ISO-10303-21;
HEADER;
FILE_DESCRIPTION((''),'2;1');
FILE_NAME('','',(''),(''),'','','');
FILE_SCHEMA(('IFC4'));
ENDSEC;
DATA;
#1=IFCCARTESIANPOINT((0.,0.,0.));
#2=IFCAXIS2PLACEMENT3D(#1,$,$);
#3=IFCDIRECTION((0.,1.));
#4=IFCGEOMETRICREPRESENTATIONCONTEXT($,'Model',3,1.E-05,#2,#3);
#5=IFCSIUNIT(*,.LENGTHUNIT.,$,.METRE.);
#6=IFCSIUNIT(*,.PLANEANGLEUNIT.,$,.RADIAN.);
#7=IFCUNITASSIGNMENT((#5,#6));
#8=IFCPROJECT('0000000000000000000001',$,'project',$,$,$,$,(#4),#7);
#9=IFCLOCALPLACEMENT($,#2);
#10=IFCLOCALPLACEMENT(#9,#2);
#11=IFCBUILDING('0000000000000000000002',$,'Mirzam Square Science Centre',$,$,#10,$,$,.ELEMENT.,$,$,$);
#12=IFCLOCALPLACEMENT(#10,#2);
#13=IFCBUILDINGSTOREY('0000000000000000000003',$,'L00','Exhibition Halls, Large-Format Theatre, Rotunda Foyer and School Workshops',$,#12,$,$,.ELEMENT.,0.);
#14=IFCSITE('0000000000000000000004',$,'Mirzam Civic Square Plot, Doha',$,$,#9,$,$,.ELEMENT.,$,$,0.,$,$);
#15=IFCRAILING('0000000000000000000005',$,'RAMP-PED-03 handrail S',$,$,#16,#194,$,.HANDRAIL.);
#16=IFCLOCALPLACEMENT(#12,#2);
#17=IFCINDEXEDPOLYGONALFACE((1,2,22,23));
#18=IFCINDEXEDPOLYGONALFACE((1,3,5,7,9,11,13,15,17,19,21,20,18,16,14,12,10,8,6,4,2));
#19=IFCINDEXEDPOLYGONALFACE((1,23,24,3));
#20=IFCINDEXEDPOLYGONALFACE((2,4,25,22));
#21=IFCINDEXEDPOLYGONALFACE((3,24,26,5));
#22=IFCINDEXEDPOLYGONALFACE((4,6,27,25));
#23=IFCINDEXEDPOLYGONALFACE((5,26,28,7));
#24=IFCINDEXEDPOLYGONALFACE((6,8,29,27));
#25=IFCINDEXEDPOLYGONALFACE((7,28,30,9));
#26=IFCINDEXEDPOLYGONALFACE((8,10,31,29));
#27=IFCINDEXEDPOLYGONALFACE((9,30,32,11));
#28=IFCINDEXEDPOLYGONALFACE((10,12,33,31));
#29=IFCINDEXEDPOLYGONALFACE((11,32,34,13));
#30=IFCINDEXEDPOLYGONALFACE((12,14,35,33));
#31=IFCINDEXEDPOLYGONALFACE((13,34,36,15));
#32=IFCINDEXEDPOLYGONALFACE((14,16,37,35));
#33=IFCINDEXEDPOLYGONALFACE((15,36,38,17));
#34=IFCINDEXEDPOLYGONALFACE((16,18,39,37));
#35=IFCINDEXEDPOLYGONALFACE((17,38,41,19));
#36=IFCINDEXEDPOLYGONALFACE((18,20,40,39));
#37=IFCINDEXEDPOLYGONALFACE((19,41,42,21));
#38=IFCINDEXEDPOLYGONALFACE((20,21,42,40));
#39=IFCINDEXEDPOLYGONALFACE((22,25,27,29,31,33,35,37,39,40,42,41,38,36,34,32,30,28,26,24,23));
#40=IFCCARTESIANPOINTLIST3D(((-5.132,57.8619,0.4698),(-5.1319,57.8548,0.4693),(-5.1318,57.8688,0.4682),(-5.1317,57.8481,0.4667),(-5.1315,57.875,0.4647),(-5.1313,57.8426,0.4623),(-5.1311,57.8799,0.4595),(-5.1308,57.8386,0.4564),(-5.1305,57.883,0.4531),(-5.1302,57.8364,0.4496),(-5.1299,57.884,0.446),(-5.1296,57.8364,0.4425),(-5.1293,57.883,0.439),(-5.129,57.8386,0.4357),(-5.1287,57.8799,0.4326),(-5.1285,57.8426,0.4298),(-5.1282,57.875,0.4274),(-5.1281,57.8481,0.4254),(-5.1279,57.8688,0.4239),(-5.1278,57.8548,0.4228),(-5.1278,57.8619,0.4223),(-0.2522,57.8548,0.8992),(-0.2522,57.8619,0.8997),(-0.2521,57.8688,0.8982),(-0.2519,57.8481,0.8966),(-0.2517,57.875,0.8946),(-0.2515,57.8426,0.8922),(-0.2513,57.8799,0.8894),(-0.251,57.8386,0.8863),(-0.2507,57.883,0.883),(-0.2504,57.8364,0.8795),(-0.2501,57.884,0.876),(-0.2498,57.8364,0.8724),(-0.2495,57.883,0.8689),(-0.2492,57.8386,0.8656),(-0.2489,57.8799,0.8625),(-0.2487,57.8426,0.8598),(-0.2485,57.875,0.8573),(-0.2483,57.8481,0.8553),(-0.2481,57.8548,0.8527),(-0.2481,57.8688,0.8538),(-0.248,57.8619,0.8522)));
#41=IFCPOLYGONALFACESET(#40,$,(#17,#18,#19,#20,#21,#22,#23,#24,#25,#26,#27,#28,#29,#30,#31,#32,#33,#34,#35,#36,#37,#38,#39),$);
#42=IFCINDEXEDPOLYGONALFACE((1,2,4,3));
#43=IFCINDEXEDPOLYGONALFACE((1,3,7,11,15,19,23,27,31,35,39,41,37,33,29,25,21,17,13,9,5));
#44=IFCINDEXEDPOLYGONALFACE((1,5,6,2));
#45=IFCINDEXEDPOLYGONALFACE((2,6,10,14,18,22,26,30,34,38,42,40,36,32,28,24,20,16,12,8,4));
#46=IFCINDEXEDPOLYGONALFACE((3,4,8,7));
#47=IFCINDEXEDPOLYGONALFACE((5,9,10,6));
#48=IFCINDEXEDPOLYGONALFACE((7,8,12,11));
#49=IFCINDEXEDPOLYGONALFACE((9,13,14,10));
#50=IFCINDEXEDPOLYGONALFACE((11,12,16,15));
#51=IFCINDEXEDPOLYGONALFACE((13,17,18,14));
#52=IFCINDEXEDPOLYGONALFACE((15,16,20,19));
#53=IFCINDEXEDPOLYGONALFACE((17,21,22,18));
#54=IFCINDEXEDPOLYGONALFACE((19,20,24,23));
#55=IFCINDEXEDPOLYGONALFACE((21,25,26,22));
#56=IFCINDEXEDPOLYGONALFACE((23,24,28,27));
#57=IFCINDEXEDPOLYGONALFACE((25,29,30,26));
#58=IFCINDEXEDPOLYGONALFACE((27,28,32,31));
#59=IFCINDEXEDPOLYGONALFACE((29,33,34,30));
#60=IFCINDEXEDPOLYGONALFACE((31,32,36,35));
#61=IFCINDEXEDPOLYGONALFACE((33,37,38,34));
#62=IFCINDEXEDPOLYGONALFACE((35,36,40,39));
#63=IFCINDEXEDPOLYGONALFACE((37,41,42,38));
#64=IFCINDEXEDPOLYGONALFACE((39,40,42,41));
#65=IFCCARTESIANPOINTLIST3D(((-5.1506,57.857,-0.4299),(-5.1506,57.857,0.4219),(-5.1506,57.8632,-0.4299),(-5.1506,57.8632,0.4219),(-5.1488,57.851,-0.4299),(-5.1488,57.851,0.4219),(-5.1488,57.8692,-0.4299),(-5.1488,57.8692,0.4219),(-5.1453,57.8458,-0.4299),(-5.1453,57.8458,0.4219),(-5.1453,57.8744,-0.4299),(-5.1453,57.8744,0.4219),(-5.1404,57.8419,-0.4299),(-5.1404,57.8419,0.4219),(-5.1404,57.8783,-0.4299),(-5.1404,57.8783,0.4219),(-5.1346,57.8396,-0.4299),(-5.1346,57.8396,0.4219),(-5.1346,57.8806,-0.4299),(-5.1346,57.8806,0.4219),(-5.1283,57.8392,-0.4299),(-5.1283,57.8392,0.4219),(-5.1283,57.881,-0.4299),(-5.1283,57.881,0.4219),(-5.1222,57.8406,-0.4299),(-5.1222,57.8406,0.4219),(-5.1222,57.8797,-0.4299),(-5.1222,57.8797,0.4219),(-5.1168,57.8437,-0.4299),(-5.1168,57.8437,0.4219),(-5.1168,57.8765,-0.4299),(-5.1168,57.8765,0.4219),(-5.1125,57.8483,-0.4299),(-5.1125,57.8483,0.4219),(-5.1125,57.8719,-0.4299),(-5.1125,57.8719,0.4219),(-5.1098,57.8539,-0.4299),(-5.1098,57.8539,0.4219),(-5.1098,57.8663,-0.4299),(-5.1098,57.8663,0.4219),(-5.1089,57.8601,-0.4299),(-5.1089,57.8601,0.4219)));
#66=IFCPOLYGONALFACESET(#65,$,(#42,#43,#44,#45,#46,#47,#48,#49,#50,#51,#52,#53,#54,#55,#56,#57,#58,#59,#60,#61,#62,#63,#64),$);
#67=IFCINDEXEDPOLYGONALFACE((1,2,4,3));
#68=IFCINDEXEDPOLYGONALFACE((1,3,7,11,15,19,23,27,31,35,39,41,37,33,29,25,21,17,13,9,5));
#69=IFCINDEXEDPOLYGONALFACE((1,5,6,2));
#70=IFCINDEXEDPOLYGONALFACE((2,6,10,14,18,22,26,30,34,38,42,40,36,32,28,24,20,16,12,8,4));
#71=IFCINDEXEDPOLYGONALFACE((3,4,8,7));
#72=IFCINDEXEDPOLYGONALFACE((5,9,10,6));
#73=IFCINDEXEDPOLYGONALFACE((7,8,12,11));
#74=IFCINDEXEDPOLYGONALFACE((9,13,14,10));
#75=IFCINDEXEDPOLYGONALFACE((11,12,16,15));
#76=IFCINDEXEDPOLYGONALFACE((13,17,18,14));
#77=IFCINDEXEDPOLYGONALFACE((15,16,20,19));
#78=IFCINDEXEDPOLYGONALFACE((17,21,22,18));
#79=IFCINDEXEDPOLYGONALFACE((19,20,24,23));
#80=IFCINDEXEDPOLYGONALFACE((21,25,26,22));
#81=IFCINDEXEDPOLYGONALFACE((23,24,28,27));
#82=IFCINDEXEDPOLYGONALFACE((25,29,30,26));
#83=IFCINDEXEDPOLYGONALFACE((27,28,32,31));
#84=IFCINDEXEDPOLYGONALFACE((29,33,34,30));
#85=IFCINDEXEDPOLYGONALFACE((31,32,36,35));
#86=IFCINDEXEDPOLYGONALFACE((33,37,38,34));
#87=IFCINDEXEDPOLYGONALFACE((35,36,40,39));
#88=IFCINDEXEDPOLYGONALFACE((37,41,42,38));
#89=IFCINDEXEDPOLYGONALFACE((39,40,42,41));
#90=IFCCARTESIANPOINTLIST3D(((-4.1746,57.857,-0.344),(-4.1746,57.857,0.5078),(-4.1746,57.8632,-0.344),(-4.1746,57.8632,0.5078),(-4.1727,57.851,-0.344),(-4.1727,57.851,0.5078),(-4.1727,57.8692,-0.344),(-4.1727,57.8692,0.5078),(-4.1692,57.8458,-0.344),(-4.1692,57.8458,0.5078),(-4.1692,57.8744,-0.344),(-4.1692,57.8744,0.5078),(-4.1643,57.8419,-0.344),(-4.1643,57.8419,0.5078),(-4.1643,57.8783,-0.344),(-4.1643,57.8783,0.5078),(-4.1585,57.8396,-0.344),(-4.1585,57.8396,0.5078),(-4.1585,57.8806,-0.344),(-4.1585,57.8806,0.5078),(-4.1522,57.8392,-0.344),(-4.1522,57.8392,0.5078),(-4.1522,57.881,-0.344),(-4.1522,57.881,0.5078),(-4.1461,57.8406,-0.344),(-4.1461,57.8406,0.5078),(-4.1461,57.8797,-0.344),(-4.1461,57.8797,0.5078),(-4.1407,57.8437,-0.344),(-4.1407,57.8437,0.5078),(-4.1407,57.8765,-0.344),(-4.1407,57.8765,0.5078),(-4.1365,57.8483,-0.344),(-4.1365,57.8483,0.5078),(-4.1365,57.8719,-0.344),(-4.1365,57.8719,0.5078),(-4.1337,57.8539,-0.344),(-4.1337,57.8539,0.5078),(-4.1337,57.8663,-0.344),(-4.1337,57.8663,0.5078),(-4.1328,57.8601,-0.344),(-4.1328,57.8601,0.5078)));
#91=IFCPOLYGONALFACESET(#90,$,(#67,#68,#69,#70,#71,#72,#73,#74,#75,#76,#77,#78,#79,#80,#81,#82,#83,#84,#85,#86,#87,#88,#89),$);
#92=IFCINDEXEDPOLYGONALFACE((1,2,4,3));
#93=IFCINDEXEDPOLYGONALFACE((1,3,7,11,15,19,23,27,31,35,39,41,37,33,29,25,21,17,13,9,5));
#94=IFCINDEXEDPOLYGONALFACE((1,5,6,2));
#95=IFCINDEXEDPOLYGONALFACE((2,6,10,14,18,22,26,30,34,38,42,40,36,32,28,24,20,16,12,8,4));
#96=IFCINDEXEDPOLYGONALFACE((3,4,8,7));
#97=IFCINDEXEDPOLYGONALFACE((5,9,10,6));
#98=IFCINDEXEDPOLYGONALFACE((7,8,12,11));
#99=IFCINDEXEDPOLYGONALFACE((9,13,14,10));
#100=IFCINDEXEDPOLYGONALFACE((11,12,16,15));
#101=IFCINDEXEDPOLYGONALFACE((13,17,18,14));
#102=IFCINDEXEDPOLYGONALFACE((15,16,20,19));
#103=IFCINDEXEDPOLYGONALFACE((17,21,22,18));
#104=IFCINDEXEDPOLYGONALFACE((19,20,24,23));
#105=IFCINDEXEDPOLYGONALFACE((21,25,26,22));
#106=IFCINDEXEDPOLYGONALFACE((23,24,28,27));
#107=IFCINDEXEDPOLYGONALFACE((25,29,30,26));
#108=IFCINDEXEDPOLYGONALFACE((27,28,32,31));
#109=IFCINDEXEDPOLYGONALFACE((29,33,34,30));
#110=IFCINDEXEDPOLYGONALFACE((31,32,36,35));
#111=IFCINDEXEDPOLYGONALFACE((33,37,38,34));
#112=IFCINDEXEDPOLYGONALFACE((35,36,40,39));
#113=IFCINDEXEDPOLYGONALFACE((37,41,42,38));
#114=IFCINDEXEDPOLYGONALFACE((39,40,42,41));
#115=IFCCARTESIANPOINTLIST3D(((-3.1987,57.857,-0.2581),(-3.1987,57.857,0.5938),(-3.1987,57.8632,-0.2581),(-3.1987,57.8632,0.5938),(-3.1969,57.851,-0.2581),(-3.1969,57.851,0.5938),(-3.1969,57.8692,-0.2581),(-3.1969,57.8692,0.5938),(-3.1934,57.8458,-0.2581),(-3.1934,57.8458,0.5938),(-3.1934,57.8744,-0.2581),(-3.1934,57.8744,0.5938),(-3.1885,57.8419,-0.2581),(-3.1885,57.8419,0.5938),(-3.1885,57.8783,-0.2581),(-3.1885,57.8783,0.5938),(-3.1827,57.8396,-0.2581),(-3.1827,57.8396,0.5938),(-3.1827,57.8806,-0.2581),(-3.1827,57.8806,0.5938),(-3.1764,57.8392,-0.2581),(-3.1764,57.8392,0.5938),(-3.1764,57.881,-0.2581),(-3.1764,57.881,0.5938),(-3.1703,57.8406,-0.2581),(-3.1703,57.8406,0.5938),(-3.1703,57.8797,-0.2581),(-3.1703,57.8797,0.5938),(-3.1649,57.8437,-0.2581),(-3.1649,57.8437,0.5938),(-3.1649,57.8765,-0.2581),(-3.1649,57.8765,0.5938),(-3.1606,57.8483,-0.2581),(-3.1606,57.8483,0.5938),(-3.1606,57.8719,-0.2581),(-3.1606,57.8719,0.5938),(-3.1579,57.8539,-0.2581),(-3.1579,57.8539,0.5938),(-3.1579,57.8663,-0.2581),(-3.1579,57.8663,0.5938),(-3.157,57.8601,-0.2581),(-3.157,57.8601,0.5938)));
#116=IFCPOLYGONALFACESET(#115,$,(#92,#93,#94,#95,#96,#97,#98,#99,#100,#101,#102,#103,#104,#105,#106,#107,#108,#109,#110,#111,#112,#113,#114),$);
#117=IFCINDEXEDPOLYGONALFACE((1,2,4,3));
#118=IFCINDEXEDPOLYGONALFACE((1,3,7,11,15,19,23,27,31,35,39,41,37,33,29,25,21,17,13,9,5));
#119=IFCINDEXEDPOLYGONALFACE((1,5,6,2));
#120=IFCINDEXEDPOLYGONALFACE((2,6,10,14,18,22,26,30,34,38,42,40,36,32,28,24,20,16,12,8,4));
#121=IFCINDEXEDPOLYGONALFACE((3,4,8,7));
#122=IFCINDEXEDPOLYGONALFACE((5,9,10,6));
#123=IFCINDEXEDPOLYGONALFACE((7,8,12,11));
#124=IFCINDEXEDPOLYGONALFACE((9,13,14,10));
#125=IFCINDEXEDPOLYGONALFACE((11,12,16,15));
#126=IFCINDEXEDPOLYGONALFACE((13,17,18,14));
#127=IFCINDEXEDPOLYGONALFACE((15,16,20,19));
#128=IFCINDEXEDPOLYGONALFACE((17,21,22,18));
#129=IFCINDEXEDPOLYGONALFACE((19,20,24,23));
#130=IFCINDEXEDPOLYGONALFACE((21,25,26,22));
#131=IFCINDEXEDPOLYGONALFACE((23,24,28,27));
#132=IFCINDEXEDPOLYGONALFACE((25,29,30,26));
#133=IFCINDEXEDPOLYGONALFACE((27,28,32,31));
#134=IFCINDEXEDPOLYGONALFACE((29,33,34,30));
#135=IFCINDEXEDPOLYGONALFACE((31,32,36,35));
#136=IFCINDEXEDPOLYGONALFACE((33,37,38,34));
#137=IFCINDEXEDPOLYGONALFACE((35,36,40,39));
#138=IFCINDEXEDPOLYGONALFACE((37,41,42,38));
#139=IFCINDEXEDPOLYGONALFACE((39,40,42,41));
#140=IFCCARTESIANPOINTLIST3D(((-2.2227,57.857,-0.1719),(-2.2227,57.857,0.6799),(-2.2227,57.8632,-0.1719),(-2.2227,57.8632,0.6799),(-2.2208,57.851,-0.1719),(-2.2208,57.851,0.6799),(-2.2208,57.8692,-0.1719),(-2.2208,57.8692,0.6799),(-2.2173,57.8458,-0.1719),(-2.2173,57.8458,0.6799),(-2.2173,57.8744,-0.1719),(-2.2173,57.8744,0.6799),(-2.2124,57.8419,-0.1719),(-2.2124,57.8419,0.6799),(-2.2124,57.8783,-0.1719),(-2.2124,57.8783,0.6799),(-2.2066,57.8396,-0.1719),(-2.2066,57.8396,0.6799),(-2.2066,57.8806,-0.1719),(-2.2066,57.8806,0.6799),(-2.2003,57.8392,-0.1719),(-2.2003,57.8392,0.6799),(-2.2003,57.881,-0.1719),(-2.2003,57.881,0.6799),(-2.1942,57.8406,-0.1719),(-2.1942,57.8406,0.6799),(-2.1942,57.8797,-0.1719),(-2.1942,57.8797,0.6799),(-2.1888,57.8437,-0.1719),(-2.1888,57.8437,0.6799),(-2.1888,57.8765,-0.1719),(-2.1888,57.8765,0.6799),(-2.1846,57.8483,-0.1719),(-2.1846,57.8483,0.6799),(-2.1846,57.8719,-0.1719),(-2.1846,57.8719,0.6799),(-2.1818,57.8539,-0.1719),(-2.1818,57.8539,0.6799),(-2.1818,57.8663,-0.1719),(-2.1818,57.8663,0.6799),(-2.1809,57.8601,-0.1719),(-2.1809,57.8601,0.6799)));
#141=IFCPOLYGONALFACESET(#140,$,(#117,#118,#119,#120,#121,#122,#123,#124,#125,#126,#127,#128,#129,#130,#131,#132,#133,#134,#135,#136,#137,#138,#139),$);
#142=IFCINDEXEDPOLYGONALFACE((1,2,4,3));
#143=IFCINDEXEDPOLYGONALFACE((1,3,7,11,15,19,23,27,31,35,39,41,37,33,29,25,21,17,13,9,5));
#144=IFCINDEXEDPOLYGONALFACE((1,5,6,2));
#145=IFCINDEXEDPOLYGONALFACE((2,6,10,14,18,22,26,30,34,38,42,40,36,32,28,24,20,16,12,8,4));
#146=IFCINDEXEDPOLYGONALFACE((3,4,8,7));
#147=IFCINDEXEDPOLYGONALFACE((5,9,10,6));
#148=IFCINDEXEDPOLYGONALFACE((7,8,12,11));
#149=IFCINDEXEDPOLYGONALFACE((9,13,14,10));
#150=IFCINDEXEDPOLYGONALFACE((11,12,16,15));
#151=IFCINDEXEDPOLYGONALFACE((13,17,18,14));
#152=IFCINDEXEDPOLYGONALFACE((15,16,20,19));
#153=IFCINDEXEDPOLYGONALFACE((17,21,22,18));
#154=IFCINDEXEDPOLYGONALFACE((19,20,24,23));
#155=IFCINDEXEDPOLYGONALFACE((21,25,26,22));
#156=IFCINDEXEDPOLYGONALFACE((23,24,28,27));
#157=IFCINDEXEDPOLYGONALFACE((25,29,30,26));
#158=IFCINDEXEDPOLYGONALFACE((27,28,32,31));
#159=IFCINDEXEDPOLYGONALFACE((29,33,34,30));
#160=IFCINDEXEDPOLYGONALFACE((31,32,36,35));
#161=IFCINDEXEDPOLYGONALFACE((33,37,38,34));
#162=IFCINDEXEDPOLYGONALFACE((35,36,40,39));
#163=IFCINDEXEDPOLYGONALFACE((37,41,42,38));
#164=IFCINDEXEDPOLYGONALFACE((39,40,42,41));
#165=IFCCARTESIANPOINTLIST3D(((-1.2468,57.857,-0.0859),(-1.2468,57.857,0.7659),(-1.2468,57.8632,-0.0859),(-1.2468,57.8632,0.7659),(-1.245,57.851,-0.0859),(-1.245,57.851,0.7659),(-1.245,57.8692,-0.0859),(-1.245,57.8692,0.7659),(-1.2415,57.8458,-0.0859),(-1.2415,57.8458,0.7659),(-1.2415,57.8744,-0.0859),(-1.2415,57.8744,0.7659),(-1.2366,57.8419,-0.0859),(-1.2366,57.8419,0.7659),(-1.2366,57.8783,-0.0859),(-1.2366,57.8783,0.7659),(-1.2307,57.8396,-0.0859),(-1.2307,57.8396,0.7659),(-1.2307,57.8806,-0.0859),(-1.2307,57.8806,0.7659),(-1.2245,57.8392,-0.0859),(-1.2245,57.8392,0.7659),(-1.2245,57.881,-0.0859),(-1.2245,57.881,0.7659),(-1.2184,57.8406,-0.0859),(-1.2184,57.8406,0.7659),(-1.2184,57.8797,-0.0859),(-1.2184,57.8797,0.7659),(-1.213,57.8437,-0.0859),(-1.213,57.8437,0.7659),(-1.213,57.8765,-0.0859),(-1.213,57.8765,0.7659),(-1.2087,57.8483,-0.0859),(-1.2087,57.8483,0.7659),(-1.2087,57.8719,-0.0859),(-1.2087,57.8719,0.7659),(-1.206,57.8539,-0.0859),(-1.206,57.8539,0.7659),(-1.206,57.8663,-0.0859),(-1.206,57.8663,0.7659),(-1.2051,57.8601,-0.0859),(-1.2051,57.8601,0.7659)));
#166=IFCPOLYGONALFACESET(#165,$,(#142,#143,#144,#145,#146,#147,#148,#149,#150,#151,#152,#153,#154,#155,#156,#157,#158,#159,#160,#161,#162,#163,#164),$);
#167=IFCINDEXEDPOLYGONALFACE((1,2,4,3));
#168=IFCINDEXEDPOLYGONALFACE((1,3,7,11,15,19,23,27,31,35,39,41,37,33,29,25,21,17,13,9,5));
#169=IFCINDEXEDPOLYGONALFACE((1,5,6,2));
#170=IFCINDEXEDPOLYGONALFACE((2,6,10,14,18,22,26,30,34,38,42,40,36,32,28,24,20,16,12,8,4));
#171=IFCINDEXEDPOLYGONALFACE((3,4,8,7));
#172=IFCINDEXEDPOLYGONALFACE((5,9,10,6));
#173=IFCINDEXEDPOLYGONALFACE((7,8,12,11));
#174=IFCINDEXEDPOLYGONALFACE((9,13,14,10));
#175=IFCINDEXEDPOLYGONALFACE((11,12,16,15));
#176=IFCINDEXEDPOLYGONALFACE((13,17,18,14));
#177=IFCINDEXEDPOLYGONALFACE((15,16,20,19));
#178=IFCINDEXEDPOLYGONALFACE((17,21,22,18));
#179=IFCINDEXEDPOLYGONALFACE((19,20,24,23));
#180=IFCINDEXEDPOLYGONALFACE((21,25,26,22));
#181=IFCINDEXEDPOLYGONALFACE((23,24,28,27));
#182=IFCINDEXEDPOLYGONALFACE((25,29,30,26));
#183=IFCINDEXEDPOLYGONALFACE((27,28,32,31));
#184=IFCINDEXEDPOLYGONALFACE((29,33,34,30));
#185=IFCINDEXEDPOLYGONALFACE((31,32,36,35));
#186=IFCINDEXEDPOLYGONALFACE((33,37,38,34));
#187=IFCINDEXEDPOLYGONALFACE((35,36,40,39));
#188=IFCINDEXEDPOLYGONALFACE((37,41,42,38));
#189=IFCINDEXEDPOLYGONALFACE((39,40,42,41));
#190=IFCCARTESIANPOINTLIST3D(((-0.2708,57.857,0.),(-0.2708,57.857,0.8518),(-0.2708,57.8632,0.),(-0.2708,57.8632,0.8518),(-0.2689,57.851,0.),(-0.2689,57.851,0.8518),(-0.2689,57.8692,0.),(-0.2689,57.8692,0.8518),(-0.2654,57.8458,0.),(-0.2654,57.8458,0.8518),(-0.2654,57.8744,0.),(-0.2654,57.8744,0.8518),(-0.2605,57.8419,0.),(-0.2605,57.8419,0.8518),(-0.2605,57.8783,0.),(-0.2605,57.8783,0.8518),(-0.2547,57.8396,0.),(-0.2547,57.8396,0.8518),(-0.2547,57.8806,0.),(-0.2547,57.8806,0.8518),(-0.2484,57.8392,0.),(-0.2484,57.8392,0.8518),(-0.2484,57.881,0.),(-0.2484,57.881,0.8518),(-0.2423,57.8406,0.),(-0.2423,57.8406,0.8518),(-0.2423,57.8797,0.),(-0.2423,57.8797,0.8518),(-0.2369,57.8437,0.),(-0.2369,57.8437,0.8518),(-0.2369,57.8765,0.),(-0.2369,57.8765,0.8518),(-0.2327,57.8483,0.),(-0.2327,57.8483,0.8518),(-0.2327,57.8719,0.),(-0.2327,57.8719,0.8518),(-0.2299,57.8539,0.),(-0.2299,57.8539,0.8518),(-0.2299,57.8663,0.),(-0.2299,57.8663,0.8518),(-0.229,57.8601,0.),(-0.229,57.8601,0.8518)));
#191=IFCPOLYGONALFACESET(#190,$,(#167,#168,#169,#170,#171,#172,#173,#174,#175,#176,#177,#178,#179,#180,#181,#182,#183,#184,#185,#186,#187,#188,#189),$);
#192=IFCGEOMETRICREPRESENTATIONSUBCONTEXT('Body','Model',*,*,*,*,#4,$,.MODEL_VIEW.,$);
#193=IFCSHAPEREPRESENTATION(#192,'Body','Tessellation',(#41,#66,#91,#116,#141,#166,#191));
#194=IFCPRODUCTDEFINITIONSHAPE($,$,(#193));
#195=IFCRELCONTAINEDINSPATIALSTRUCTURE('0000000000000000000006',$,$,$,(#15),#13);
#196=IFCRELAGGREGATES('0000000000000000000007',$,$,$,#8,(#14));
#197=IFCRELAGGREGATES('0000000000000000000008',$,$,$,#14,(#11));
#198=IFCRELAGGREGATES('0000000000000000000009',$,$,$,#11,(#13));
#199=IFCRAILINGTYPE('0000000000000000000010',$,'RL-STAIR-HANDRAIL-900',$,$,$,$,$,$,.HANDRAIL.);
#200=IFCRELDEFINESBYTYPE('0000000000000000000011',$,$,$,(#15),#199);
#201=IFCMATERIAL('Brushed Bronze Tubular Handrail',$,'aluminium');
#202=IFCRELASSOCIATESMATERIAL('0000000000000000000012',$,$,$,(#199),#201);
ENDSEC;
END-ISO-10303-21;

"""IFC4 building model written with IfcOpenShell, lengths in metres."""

from ifc_helpers import new_model, si_unit, direction, frame, origin, origin_2d, place, context, subcontext, project, spatial, circle, extrude, material, type_object, element, save


model = new_model("IFC4")

# Units and contexts
model_context = context("Model", 3, precision=1e-05, world=origin(), true_north=direction((0.0, 1.0)))
body_context = subcontext(model_context, "Body", "Model", "MODEL_VIEW")
ifc_project = project(units=[si_unit("LENGTHUNIT", "METRE"), si_unit("PLANEANGLEUNIT", "RADIAN")], contexts=[model_context])

# Site, building, storey
site_placement = place(None, origin())
site = spatial("IfcSite", under=ifc_project, at=site_placement, Name="Mirzam Civic Square Plot, Doha", CompositionType="ELEMENT", RefElevation=0.0)
building_placement = place(site_placement, origin())
building = spatial("IfcBuilding", under=site, at=building_placement, Name="Mirzam Square Science Centre", CompositionType="ELEMENT")
storey_placement = place(building_placement, origin())
storey = spatial("IfcBuildingStorey", under=building, at=storey_placement, Name="L00", Description="Exhibition Halls, Large-Format Theatre, Rotunda Foyer and School Workshops", CompositionType="ELEMENT", Elevation=0.0)

# Railing
ifc_material_1 = material(Name="Brushed Bronze Tubular Handrail", Category="aluminium")
railing_type = type_object("IfcRailingType", Name="RL-STAIR-HANDRAIL-900", PredefinedType="HANDRAIL", material=ifc_material_1)
for number, where, name in (
    (1, (-5.1299, 57.8601, -0.4299), "RAMP-PED-03 handrail S"),
):
    element("IfcRailing", number, at=place(storey_placement, frame(where)), inside=storey, type_object=railing_type, Name=name, PredefinedType="HANDRAIL", context=body_context, shape_type="SweptSolid", body=[
        extrude(circle(Radius=0.0239, at=origin_2d()), frame((0.0, 0.0, 0.876), z_axis=(0.996141, 0.0, 0.087763), x_axis=(0.0, 1.0, 0.0)), (0.0, 0.0, 1.0), 4.8987),
        extrude(circle(Radius=0.021, at=origin_2d()), origin(), (0.0, 0.0, 1.0), 0.8518),
        extrude(circle(Radius=0.021, at=origin_2d()), frame((0.9761, 0.0, 0.0859)), (0.0, 0.0, 1.0), 0.8518),
        extrude(circle(Radius=0.021, at=origin_2d()), frame((1.9519, 0.0, 0.1719)), (0.0, 0.0, 1.0), 0.8518),
        extrude(circle(Radius=0.021, at=origin_2d()), frame((2.928, 0.0, 0.2581)), (0.0, 0.0, 1.0), 0.8518),
        extrude(circle(Radius=0.021, at=origin_2d()), frame((3.9038, 0.0, 0.344)), (0.0, 0.0, 1.0), 0.8518),
        extrude(circle(Radius=0.021, at=origin_2d()), frame((4.8799, 0.0, 0.4299)), (0.0, 0.0, 1.0), 0.8518),
    ])

save(model, "model.ifc")
